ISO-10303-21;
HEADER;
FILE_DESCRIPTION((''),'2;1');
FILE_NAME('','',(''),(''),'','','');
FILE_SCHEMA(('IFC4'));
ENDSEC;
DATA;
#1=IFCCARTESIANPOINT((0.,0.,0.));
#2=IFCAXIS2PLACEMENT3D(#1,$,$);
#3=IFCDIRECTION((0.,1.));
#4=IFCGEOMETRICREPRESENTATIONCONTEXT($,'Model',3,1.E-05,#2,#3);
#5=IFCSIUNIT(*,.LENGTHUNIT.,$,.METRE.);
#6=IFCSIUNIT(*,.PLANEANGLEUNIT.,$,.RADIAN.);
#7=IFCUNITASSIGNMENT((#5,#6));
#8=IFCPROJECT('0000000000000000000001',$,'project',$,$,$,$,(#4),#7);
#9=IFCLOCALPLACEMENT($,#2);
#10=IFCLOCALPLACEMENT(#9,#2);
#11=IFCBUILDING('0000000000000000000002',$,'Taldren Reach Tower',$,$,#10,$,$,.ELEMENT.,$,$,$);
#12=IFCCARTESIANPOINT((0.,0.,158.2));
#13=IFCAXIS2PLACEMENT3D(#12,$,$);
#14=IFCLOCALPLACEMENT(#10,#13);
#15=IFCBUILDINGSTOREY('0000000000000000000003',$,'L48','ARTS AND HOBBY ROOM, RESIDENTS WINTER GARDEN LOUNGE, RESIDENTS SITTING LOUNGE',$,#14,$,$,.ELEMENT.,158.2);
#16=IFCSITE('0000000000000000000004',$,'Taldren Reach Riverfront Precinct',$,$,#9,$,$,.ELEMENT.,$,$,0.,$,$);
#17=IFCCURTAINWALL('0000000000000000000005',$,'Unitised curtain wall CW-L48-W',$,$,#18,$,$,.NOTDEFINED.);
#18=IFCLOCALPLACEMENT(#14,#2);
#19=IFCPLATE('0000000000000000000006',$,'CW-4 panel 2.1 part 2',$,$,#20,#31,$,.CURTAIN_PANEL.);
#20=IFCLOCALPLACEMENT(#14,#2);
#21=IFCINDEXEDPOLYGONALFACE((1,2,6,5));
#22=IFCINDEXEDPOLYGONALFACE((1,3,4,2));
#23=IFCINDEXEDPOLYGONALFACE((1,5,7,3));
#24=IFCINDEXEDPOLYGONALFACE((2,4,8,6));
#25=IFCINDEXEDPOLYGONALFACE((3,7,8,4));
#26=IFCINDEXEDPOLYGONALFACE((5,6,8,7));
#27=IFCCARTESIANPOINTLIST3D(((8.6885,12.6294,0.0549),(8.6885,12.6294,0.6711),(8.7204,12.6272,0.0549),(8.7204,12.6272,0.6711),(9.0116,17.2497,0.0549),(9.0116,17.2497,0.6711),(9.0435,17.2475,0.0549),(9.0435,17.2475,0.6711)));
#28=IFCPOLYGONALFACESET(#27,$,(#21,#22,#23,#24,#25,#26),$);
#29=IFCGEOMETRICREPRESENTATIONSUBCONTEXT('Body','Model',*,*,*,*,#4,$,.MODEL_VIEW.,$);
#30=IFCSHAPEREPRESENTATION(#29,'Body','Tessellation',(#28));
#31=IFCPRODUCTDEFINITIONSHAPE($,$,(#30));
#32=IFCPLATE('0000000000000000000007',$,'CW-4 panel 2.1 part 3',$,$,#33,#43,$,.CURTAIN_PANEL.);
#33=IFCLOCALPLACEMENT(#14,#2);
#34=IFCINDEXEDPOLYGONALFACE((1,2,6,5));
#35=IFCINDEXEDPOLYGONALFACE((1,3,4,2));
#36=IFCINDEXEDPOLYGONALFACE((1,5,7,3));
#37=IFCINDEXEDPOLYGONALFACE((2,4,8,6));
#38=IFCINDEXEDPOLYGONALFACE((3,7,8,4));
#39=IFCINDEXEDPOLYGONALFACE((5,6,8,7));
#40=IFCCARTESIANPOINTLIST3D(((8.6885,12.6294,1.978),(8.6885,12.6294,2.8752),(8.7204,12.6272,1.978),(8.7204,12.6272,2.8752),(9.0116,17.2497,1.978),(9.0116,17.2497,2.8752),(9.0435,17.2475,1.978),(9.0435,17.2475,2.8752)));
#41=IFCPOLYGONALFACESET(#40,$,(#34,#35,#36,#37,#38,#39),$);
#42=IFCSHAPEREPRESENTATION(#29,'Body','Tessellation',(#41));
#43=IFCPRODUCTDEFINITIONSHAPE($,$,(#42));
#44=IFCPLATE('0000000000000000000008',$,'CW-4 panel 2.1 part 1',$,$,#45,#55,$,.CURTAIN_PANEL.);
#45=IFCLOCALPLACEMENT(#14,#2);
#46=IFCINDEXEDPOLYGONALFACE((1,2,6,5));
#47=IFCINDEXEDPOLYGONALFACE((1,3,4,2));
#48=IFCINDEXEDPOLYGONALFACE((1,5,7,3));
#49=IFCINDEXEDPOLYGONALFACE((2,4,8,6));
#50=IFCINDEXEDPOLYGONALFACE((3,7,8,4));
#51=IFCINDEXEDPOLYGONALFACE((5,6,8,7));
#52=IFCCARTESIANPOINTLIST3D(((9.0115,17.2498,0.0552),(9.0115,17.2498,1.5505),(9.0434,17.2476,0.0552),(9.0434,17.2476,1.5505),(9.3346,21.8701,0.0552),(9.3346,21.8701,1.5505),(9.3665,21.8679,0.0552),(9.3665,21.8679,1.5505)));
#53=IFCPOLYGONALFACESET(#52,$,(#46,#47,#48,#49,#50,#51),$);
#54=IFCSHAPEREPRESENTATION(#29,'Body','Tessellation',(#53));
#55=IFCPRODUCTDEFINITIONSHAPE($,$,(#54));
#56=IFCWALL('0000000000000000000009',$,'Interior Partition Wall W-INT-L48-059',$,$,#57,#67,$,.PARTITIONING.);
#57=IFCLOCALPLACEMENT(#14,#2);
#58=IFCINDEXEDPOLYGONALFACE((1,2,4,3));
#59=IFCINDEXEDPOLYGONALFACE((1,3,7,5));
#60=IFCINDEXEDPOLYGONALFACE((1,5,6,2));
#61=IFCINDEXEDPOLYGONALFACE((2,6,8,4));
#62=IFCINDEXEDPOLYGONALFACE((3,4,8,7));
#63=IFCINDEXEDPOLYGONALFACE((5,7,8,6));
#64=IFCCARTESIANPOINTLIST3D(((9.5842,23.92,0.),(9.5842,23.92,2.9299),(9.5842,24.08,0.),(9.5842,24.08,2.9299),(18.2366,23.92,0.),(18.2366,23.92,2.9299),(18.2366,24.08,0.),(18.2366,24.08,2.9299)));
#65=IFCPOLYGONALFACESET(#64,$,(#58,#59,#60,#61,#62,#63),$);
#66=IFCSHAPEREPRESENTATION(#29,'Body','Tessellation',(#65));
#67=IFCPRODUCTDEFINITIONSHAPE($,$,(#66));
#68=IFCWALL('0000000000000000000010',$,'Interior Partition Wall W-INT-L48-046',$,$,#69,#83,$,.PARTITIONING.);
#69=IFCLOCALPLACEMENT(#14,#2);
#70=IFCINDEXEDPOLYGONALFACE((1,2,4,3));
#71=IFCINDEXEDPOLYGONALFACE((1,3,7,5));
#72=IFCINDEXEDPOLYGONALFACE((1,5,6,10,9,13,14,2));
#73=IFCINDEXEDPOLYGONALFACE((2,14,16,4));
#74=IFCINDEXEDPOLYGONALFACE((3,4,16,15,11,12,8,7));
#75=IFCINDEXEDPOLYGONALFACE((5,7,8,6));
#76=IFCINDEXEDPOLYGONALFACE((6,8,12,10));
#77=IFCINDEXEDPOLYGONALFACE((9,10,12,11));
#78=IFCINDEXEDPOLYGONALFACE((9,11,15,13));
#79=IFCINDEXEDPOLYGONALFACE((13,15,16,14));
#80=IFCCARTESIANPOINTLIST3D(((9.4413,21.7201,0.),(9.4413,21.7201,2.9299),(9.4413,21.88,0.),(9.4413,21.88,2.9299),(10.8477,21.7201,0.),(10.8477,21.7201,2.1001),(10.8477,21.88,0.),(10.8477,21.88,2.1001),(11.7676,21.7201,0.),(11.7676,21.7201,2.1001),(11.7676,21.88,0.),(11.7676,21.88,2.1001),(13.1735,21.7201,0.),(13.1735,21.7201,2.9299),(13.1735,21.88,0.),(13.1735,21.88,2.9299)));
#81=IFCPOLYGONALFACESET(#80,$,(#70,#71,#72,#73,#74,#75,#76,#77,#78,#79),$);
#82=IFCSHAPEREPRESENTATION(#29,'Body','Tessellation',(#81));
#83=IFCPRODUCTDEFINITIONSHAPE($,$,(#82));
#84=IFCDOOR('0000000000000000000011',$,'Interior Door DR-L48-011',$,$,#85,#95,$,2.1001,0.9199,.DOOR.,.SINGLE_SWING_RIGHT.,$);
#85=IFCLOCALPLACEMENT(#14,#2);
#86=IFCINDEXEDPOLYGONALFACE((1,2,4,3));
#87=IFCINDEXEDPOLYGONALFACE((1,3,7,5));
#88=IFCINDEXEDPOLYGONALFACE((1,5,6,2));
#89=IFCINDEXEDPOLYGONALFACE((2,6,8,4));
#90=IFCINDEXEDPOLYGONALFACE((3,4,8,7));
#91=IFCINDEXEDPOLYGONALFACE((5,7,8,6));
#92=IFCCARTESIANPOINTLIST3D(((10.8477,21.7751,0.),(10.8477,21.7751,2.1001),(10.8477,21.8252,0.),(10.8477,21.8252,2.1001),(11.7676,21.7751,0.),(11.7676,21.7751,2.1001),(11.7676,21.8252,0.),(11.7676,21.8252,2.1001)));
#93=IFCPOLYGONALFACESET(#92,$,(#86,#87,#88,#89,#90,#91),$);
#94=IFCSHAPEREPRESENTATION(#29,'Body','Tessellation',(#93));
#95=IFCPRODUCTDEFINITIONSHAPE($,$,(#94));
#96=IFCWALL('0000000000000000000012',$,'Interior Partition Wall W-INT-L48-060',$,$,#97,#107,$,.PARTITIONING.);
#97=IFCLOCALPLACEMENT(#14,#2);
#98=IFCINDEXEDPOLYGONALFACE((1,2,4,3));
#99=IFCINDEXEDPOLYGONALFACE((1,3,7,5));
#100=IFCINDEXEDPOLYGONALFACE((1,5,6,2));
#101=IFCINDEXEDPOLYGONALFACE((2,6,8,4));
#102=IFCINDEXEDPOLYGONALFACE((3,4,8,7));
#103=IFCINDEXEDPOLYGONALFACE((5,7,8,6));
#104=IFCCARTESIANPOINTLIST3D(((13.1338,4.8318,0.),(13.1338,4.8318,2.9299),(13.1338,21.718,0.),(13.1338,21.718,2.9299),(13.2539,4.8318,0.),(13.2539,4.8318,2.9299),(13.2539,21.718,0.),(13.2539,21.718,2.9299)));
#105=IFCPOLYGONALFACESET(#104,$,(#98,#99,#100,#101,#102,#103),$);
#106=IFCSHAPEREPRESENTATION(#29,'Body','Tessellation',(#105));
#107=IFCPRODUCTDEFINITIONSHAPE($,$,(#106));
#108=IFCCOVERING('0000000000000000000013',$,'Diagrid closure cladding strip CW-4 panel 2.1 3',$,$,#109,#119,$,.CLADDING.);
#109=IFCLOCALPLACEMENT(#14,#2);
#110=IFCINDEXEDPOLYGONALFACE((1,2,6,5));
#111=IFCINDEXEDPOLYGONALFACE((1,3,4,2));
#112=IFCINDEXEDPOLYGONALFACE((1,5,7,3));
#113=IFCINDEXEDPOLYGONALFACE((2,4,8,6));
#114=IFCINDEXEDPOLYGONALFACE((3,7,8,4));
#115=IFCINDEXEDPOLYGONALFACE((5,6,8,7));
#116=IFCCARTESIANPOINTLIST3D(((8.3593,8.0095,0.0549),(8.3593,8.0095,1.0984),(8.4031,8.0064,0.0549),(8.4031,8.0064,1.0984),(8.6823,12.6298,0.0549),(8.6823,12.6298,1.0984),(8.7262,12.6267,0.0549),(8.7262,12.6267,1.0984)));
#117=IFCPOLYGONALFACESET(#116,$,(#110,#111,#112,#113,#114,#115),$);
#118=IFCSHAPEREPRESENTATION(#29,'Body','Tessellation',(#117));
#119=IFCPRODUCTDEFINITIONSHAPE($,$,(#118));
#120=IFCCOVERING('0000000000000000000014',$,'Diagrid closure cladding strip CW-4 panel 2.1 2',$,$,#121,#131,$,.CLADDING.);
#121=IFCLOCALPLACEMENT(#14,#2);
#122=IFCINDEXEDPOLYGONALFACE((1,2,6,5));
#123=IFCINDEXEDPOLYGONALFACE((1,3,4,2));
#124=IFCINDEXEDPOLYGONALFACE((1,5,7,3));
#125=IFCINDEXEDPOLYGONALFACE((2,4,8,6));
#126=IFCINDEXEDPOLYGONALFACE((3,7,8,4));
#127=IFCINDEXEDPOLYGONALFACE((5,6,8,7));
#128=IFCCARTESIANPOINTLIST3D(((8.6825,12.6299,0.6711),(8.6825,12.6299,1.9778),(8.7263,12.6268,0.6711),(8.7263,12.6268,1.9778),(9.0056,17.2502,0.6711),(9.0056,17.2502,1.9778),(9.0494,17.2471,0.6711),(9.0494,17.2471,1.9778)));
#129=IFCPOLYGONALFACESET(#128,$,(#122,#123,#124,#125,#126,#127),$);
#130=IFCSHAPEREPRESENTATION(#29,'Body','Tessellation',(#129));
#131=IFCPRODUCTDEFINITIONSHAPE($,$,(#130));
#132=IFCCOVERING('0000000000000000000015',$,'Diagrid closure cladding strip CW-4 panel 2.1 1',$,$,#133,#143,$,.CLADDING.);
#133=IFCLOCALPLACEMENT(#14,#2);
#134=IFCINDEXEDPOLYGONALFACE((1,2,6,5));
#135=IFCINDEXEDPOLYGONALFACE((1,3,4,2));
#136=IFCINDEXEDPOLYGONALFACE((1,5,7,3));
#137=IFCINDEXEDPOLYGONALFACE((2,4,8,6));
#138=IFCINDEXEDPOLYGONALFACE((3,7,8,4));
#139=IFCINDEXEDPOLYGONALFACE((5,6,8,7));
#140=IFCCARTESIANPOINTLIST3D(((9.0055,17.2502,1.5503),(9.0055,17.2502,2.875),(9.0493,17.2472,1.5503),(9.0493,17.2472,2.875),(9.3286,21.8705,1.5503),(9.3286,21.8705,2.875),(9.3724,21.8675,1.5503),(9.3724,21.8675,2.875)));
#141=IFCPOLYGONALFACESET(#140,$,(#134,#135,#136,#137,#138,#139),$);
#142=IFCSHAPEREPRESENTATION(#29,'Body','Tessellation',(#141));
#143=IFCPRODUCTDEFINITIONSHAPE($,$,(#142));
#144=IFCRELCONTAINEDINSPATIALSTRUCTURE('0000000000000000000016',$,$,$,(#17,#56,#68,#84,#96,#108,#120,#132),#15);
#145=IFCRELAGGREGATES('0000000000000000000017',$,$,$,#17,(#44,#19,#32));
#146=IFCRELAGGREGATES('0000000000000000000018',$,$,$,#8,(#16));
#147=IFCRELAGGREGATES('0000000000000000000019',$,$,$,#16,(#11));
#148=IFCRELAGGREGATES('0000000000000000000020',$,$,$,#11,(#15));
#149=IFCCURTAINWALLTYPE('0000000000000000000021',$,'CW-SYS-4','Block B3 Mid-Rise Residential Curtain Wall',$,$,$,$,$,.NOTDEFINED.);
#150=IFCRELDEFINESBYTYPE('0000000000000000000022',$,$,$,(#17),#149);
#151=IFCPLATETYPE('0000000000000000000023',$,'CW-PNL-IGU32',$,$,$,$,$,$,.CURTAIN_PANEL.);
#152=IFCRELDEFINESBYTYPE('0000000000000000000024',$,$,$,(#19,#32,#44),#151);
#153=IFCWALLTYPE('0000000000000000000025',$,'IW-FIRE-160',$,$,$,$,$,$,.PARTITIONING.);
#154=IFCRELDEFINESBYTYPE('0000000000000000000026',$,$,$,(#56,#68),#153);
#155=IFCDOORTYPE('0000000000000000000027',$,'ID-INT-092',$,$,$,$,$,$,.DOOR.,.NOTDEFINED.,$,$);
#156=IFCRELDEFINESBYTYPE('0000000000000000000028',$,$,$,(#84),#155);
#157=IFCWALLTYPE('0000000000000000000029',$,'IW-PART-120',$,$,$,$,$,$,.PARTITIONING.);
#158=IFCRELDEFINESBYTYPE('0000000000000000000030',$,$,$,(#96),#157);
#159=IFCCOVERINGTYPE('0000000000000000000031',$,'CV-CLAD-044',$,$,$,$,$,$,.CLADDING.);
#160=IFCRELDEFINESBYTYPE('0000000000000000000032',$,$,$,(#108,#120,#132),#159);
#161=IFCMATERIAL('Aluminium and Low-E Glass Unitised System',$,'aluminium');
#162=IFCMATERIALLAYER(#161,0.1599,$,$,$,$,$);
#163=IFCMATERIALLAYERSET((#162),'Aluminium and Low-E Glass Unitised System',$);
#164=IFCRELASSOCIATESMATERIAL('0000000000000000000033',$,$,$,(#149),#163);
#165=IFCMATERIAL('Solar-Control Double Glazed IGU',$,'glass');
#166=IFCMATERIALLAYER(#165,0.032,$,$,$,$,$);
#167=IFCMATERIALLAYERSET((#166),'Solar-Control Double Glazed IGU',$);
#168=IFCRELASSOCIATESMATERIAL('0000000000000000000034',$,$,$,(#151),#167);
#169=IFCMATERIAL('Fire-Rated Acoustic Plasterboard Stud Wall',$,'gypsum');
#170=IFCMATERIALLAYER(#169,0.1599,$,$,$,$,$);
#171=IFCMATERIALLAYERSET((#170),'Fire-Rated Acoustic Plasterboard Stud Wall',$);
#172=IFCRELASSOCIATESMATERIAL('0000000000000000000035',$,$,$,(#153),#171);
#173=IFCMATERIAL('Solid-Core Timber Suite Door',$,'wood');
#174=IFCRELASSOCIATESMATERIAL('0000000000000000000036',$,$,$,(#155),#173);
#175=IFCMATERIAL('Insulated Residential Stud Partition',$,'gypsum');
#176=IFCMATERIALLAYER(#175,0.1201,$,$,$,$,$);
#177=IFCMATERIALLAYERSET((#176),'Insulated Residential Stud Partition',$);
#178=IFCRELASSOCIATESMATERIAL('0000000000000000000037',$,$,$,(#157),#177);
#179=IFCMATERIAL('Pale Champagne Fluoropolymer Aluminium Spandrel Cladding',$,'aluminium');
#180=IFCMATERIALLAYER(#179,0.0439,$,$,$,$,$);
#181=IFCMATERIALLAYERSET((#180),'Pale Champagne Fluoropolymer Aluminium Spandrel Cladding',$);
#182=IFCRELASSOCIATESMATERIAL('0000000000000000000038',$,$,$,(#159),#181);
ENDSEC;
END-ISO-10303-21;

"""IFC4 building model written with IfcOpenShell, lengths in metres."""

from ifc_helpers import new_model, si_unit, direction, frame, frame_2d, origin, origin_2d, place, context, subcontext, project, spatial, rectangle, extrude, source, transform, mapped, material, layer, layer_set, type_object, element, fill, aggregate, save


model = new_model("IFC4")

# Units and contexts
model_context = context("Model", 3, precision=1e-05, world=origin(), true_north=direction((0.0, 1.0)))
body_context = subcontext(model_context, "Body", "Model", "MODEL_VIEW")
ifc_project = project(units=[si_unit("LENGTHUNIT", "METRE"), si_unit("PLANEANGLEUNIT", "RADIAN")], contexts=[model_context])

# Site, building, storey
site_placement = place(None, origin())
site = spatial("IfcSite", under=ifc_project, at=site_placement, Name="Taldren Reach Riverfront Precinct", CompositionType="ELEMENT", RefElevation=0.0)
building_placement = place(site_placement, origin())
building = spatial("IfcBuilding", under=site, at=building_placement, Name="Taldren Reach Tower", CompositionType="ELEMENT")
storey_placement = place(building_placement, frame((0.0, 0.0, 158.2)))
storey = spatial("IfcBuildingStorey", under=building, at=storey_placement, Name="L48", Description="ARTS AND HOBBY ROOM, RESIDENTS WINTER GARDEN LOUNGE, RESIDENTS SITTING LOUNGE", CompositionType="ELEMENT", Elevation=158.2)

# Curtain wall
ifc_material_1 = material(Name="Aluminium and Low-E Glass Unitised System", Category="aluminium")
ifc_layer_1 = layer(ifc_material_1, 0.1599)
ifc_layer_set_1 = layer_set([ifc_layer_1], Name="Aluminium and Low-E Glass Unitised System")
curtain_wall_type = type_object("IfcCurtainWallType", Name="CW-SYS-4", Description="Block B3 Mid-Rise Residential Curtain Wall", PredefinedType="NOTDEFINED", material=ifc_layer_set_1)
curtain_wall_placement = place(storey_placement, origin())
curtain_wall = element("IfcCurtainWall", 1, at=curtain_wall_placement, inside=storey, type_object=curtain_wall_type, Name="Unitised curtain wall CW-L48-W", PredefinedType="NOTDEFINED")

# Plates
ifc_material_2 = material(Name="Solar-Control Double Glazed IGU", Category="glass")
ifc_layer_2 = layer(ifc_material_2, 0.032)
ifc_layer_set_2 = layer_set([ifc_layer_2], Name="Solar-Control Double Glazed IGU")
plate_type_1 = type_object("IfcPlateType", Name="CW-PNL-IGU32", PredefinedType="CURTAIN_PANEL", material=ifc_layer_set_2)
shared_shape_1 = source(origin(), body_context, "Body", "SweptSolid", [
    extrude(rectangle(XDim=4.6316, YDim=0.032, at=origin_2d()), origin(), (0.0, 0.0, 1.0), 0.6162),
])
plate_1_placement = place(storey_placement, frame((8.866, 14.9385, 0.0549), z_axis=(0.0, 0.0, 1.0), x_axis=(-0.069756, -0.997564, 0.0)))
plate_1 = element("IfcPlate", 2, at=plate_1_placement, type_object=plate_type_1, Name="CW-4 panel 2.1 part 2", PredefinedType="CURTAIN_PANEL", context=body_context, shape_type="MappedRepresentation", body=[
    mapped(shared_shape_1, transform((0.0, 0.0, 0.0), scale=1.0)),
])
shared_shape_2 = source(origin(), body_context, "Body", "SweptSolid", [
    extrude(rectangle(XDim=4.6316, YDim=0.032, at=origin_2d()), origin(), (0.0, 0.0, 1.0), 0.8972),
])
plate_2_placement = place(storey_placement, frame((8.866, 14.9385, 1.978), z_axis=(0.0, 0.0, 1.0), x_axis=(-0.069756, -0.997564, 0.0)))
plate_2 = element("IfcPlate", 3, at=plate_2_placement, type_object=plate_type_1, Name="CW-4 panel 2.1 part 3", PredefinedType="CURTAIN_PANEL", context=body_context, shape_type="MappedRepresentation", body=[
    mapped(shared_shape_2, transform((0.0, 0.0, 0.0), scale=1.0)),
])
shared_shape_3 = source(origin(), body_context, "Body", "SweptSolid", [
    extrude(rectangle(XDim=4.6316, YDim=0.032, at=origin_2d()), origin(), (0.0, 0.0, 1.0), 1.4954),
])
plate_3_placement = place(storey_placement, frame((9.189, 19.5588, 0.0552), z_axis=(0.0, 0.0, 1.0), x_axis=(-0.069756, -0.997564, 0.0)))
plate_3 = element("IfcPlate", 4, at=plate_3_placement, type_object=plate_type_1, Name="CW-4 panel 2.1 part 1", PredefinedType="CURTAIN_PANEL", context=body_context, shape_type="MappedRepresentation", body=[
    mapped(shared_shape_3, transform((0.0, 0.0, 0.0), scale=1.0)),
])
aggregate(curtain_wall, [plate_3, plate_1, plate_2])

# Wall
ifc_material_3 = material(Name="Fire-Rated Acoustic Plasterboard Stud Wall", Category="gypsum")
ifc_layer_3 = layer(ifc_material_3, 0.1599)
ifc_layer_set_3 = layer_set([ifc_layer_3], Name="Fire-Rated Acoustic Plasterboard Stud Wall")
wall_type_1 = type_object("IfcWallType", Name="IW-FIRE-160", PredefinedType="PARTITIONING", material=ifc_layer_set_3)
shared_shape_4 = source(origin(), body_context, "Body", "SweptSolid", [
    extrude(rectangle(XDim=8.6523, YDim=0.1599, at=frame_2d((4.3262, 0.0))), origin(), (0.0, 0.0, 1.0), 2.9299),
])
wall_1_placement = place(storey_placement, frame((9.5842, 24.0, 0.0), z_axis=(0.0, 0.0, 1.0), x_axis=(1.0, 0.0, 0.0)))
element("IfcWall", 5, at=wall_1_placement, inside=storey, type_object=wall_type_1, Name="Interior Partition Wall W-INT-L48-059", PredefinedType="PARTITIONING", context=body_context, shape_type="MappedRepresentation", body=[
    mapped(shared_shape_4, transform((0.0, 0.0, 0.0), scale=1.0)),
])

# Wall, opening, door
shared_shape_5 = source(origin(), body_context, "Body", "SweptSolid", [
    extrude(rectangle(XDim=3.7322, YDim=0.1599, at=frame_2d((1.8662, 0.0))), origin(), (0.0, 0.0, 1.0), 2.9299),
])
wall_2_placement = place(storey_placement, frame((13.1736, 21.8, 0.0), z_axis=(0.0, 0.0, 1.0), x_axis=(-1.0, 0.0, 0.0)))
wall_2 = element("IfcWall", 6, at=wall_2_placement, inside=storey, type_object=wall_type_1, Name="Interior Partition Wall W-INT-L48-046", PredefinedType="PARTITIONING", context=body_context, shape_type="MappedRepresentation", body=[
    mapped(shared_shape_5, transform((0.0, 0.0, 0.0), scale=1.0)),
])
shared_shape_6 = source(origin(), body_context, "Body", "SweptSolid", [
    extrude(rectangle(XDim=0.9199, YDim=2.1001, at=frame_2d((0.46, 1.05))), frame((0.0, 0.0898, 0.0), z_axis=(0.0, -1.0, 0.0), x_axis=(1.0, 0.0, 0.0)), (0.0, 0.0, 1.0), 0.1799),
])
opening_placement = place(wall_2_placement, frame((1.406, 0.0, 0.0)))
opening = element("IfcOpeningElement", 7, at=opening_placement, cuts=wall_2, PredefinedType="OPENING", context=body_context, shape_type="MappedRepresentation", body=[
    mapped(shared_shape_6, transform((0.0, 0.0, 0.0), scale=1.0)),
])
ifc_material_4 = material(Name="Solid-Core Timber Suite Door", Category="wood")
door_type = type_object("IfcDoorType", Name="ID-INT-092", OperationType="NOTDEFINED", PredefinedType="DOOR", material=ifc_material_4)
shared_shape_7 = source(origin(), body_context, "Body", "SweptSolid", [
    extrude(rectangle(XDim=0.9199, YDim=2.1001, at=frame_2d((0.46, 1.05))), frame((0.0, 0.0249, 0.0), z_axis=(0.0, -1.0, 0.0), x_axis=(1.0, 0.0, 0.0)), (0.0, 0.0, 1.0), 0.05),
])
door_placement = place(opening_placement, origin())
door = element("IfcDoor", 8, at=door_placement, inside=storey, type_object=door_type, Name="Interior Door DR-L48-011", OperationType="SINGLE_SWING_RIGHT", OverallHeight=2.1001, OverallWidth=0.9199, PredefinedType="DOOR", context=body_context, shape_type="MappedRepresentation", body=[
    mapped(shared_shape_7, transform((0.0, 0.0, 0.0), scale=1.0)),
])
fill(opening, door)

# Wall
ifc_material_5 = material(Name="Insulated Residential Stud Partition", Category="gypsum")
ifc_layer_4 = layer(ifc_material_5, 0.1201)
ifc_layer_set_4 = layer_set([ifc_layer_4], Name="Insulated Residential Stud Partition")
wall_type_2 = type_object("IfcWallType", Name="IW-PART-120", PredefinedType="PARTITIONING", material=ifc_layer_set_4)
shared_shape_8 = source(origin(), body_context, "Body", "SweptSolid", [
    extrude(rectangle(XDim=16.8862, YDim=0.1201, at=frame_2d((8.4431, 0.0))), origin(), (0.0, 0.0, 1.0), 2.9299),
])
wall_3_placement = place(storey_placement, frame((13.1938, 21.718, 0.0), z_axis=(0.0, 0.0, 1.0), x_axis=(0.0, -1.0, 0.0)))
element("IfcWall", 9, at=wall_3_placement, inside=storey, type_object=wall_type_2, Name="Interior Partition Wall W-INT-L48-060", PredefinedType="PARTITIONING", context=body_context, shape_type="MappedRepresentation", body=[
    mapped(shared_shape_8, transform((0.0, 0.0, 0.0), scale=1.0)),
])

# Coverings
ifc_material_6 = material(Name="Pale Champagne Fluoropolymer Aluminium Spandrel Cladding", Category="aluminium")
ifc_layer_5 = layer(ifc_material_6, 0.0439)
ifc_layer_set_5 = layer_set([ifc_layer_5], Name="Pale Champagne Fluoropolymer Aluminium Spandrel Cladding")
covering_type = type_object("IfcCoveringType", Name="CV-CLAD-044", PredefinedType="CLADDING", material=ifc_layer_set_5)
shared_shape_9 = source(origin(), body_context, "Body", "SweptSolid", [
    extrude(rectangle(XDim=4.6316, YDim=0.0439, at=origin_2d()), origin(), (0.0, 0.0, 1.0), 1.0435),
])
covering_1_placement = place(storey_placement, frame((8.5427, 10.3181, 0.0549), z_axis=(0.0, 0.0, 1.0), x_axis=(-0.069756, -0.997564, 0.0)))
element("IfcCovering", 10, at=covering_1_placement, inside=storey, type_object=covering_type, Name="Diagrid closure cladding strip CW-4 panel 2.1 3", PredefinedType="CLADDING", context=body_context, shape_type="MappedRepresentation", body=[
    mapped(shared_shape_9, transform((0.0, 0.0, 0.0), scale=1.0)),
])
shared_shape_10 = source(origin(), body_context, "Body", "SweptSolid", [
    extrude(rectangle(XDim=4.6316, YDim=0.0439, at=origin_2d()), origin(), (0.0, 0.0, 1.0), 1.3066),
])
covering_2_placement = place(storey_placement, frame((8.866, 14.9385, 0.6711), z_axis=(0.0, 0.0, 1.0), x_axis=(-0.069756, -0.997564, 0.0)))
element("IfcCovering", 11, at=covering_2_placement, inside=storey, type_object=covering_type, Name="Diagrid closure cladding strip CW-4 panel 2.1 2", PredefinedType="CLADDING", context=body_context, shape_type="MappedRepresentation", body=[
    mapped(shared_shape_10, transform((0.0, 0.0, 0.0), scale=1.0)),
])
shared_shape_11 = source(origin(), body_context, "Body", "SweptSolid", [
    extrude(rectangle(XDim=4.6316, YDim=0.0439, at=origin_2d()), origin(), (0.0, 0.0, 1.0), 1.3247),
])
covering_3_placement = place(storey_placement, frame((9.189, 19.5588, 1.5503), z_axis=(0.0, 0.0, 1.0), x_axis=(-0.069756, -0.997564, 0.0)))
element("IfcCovering", 12, at=covering_3_placement, inside=storey, type_object=covering_type, Name="Diagrid closure cladding strip CW-4 panel 2.1 1", PredefinedType="CLADDING", context=body_context, shape_type="MappedRepresentation", body=[
    mapped(shared_shape_11, transform((0.0, 0.0, 0.0), scale=1.0)),
])

save(model, "model.ifc")
